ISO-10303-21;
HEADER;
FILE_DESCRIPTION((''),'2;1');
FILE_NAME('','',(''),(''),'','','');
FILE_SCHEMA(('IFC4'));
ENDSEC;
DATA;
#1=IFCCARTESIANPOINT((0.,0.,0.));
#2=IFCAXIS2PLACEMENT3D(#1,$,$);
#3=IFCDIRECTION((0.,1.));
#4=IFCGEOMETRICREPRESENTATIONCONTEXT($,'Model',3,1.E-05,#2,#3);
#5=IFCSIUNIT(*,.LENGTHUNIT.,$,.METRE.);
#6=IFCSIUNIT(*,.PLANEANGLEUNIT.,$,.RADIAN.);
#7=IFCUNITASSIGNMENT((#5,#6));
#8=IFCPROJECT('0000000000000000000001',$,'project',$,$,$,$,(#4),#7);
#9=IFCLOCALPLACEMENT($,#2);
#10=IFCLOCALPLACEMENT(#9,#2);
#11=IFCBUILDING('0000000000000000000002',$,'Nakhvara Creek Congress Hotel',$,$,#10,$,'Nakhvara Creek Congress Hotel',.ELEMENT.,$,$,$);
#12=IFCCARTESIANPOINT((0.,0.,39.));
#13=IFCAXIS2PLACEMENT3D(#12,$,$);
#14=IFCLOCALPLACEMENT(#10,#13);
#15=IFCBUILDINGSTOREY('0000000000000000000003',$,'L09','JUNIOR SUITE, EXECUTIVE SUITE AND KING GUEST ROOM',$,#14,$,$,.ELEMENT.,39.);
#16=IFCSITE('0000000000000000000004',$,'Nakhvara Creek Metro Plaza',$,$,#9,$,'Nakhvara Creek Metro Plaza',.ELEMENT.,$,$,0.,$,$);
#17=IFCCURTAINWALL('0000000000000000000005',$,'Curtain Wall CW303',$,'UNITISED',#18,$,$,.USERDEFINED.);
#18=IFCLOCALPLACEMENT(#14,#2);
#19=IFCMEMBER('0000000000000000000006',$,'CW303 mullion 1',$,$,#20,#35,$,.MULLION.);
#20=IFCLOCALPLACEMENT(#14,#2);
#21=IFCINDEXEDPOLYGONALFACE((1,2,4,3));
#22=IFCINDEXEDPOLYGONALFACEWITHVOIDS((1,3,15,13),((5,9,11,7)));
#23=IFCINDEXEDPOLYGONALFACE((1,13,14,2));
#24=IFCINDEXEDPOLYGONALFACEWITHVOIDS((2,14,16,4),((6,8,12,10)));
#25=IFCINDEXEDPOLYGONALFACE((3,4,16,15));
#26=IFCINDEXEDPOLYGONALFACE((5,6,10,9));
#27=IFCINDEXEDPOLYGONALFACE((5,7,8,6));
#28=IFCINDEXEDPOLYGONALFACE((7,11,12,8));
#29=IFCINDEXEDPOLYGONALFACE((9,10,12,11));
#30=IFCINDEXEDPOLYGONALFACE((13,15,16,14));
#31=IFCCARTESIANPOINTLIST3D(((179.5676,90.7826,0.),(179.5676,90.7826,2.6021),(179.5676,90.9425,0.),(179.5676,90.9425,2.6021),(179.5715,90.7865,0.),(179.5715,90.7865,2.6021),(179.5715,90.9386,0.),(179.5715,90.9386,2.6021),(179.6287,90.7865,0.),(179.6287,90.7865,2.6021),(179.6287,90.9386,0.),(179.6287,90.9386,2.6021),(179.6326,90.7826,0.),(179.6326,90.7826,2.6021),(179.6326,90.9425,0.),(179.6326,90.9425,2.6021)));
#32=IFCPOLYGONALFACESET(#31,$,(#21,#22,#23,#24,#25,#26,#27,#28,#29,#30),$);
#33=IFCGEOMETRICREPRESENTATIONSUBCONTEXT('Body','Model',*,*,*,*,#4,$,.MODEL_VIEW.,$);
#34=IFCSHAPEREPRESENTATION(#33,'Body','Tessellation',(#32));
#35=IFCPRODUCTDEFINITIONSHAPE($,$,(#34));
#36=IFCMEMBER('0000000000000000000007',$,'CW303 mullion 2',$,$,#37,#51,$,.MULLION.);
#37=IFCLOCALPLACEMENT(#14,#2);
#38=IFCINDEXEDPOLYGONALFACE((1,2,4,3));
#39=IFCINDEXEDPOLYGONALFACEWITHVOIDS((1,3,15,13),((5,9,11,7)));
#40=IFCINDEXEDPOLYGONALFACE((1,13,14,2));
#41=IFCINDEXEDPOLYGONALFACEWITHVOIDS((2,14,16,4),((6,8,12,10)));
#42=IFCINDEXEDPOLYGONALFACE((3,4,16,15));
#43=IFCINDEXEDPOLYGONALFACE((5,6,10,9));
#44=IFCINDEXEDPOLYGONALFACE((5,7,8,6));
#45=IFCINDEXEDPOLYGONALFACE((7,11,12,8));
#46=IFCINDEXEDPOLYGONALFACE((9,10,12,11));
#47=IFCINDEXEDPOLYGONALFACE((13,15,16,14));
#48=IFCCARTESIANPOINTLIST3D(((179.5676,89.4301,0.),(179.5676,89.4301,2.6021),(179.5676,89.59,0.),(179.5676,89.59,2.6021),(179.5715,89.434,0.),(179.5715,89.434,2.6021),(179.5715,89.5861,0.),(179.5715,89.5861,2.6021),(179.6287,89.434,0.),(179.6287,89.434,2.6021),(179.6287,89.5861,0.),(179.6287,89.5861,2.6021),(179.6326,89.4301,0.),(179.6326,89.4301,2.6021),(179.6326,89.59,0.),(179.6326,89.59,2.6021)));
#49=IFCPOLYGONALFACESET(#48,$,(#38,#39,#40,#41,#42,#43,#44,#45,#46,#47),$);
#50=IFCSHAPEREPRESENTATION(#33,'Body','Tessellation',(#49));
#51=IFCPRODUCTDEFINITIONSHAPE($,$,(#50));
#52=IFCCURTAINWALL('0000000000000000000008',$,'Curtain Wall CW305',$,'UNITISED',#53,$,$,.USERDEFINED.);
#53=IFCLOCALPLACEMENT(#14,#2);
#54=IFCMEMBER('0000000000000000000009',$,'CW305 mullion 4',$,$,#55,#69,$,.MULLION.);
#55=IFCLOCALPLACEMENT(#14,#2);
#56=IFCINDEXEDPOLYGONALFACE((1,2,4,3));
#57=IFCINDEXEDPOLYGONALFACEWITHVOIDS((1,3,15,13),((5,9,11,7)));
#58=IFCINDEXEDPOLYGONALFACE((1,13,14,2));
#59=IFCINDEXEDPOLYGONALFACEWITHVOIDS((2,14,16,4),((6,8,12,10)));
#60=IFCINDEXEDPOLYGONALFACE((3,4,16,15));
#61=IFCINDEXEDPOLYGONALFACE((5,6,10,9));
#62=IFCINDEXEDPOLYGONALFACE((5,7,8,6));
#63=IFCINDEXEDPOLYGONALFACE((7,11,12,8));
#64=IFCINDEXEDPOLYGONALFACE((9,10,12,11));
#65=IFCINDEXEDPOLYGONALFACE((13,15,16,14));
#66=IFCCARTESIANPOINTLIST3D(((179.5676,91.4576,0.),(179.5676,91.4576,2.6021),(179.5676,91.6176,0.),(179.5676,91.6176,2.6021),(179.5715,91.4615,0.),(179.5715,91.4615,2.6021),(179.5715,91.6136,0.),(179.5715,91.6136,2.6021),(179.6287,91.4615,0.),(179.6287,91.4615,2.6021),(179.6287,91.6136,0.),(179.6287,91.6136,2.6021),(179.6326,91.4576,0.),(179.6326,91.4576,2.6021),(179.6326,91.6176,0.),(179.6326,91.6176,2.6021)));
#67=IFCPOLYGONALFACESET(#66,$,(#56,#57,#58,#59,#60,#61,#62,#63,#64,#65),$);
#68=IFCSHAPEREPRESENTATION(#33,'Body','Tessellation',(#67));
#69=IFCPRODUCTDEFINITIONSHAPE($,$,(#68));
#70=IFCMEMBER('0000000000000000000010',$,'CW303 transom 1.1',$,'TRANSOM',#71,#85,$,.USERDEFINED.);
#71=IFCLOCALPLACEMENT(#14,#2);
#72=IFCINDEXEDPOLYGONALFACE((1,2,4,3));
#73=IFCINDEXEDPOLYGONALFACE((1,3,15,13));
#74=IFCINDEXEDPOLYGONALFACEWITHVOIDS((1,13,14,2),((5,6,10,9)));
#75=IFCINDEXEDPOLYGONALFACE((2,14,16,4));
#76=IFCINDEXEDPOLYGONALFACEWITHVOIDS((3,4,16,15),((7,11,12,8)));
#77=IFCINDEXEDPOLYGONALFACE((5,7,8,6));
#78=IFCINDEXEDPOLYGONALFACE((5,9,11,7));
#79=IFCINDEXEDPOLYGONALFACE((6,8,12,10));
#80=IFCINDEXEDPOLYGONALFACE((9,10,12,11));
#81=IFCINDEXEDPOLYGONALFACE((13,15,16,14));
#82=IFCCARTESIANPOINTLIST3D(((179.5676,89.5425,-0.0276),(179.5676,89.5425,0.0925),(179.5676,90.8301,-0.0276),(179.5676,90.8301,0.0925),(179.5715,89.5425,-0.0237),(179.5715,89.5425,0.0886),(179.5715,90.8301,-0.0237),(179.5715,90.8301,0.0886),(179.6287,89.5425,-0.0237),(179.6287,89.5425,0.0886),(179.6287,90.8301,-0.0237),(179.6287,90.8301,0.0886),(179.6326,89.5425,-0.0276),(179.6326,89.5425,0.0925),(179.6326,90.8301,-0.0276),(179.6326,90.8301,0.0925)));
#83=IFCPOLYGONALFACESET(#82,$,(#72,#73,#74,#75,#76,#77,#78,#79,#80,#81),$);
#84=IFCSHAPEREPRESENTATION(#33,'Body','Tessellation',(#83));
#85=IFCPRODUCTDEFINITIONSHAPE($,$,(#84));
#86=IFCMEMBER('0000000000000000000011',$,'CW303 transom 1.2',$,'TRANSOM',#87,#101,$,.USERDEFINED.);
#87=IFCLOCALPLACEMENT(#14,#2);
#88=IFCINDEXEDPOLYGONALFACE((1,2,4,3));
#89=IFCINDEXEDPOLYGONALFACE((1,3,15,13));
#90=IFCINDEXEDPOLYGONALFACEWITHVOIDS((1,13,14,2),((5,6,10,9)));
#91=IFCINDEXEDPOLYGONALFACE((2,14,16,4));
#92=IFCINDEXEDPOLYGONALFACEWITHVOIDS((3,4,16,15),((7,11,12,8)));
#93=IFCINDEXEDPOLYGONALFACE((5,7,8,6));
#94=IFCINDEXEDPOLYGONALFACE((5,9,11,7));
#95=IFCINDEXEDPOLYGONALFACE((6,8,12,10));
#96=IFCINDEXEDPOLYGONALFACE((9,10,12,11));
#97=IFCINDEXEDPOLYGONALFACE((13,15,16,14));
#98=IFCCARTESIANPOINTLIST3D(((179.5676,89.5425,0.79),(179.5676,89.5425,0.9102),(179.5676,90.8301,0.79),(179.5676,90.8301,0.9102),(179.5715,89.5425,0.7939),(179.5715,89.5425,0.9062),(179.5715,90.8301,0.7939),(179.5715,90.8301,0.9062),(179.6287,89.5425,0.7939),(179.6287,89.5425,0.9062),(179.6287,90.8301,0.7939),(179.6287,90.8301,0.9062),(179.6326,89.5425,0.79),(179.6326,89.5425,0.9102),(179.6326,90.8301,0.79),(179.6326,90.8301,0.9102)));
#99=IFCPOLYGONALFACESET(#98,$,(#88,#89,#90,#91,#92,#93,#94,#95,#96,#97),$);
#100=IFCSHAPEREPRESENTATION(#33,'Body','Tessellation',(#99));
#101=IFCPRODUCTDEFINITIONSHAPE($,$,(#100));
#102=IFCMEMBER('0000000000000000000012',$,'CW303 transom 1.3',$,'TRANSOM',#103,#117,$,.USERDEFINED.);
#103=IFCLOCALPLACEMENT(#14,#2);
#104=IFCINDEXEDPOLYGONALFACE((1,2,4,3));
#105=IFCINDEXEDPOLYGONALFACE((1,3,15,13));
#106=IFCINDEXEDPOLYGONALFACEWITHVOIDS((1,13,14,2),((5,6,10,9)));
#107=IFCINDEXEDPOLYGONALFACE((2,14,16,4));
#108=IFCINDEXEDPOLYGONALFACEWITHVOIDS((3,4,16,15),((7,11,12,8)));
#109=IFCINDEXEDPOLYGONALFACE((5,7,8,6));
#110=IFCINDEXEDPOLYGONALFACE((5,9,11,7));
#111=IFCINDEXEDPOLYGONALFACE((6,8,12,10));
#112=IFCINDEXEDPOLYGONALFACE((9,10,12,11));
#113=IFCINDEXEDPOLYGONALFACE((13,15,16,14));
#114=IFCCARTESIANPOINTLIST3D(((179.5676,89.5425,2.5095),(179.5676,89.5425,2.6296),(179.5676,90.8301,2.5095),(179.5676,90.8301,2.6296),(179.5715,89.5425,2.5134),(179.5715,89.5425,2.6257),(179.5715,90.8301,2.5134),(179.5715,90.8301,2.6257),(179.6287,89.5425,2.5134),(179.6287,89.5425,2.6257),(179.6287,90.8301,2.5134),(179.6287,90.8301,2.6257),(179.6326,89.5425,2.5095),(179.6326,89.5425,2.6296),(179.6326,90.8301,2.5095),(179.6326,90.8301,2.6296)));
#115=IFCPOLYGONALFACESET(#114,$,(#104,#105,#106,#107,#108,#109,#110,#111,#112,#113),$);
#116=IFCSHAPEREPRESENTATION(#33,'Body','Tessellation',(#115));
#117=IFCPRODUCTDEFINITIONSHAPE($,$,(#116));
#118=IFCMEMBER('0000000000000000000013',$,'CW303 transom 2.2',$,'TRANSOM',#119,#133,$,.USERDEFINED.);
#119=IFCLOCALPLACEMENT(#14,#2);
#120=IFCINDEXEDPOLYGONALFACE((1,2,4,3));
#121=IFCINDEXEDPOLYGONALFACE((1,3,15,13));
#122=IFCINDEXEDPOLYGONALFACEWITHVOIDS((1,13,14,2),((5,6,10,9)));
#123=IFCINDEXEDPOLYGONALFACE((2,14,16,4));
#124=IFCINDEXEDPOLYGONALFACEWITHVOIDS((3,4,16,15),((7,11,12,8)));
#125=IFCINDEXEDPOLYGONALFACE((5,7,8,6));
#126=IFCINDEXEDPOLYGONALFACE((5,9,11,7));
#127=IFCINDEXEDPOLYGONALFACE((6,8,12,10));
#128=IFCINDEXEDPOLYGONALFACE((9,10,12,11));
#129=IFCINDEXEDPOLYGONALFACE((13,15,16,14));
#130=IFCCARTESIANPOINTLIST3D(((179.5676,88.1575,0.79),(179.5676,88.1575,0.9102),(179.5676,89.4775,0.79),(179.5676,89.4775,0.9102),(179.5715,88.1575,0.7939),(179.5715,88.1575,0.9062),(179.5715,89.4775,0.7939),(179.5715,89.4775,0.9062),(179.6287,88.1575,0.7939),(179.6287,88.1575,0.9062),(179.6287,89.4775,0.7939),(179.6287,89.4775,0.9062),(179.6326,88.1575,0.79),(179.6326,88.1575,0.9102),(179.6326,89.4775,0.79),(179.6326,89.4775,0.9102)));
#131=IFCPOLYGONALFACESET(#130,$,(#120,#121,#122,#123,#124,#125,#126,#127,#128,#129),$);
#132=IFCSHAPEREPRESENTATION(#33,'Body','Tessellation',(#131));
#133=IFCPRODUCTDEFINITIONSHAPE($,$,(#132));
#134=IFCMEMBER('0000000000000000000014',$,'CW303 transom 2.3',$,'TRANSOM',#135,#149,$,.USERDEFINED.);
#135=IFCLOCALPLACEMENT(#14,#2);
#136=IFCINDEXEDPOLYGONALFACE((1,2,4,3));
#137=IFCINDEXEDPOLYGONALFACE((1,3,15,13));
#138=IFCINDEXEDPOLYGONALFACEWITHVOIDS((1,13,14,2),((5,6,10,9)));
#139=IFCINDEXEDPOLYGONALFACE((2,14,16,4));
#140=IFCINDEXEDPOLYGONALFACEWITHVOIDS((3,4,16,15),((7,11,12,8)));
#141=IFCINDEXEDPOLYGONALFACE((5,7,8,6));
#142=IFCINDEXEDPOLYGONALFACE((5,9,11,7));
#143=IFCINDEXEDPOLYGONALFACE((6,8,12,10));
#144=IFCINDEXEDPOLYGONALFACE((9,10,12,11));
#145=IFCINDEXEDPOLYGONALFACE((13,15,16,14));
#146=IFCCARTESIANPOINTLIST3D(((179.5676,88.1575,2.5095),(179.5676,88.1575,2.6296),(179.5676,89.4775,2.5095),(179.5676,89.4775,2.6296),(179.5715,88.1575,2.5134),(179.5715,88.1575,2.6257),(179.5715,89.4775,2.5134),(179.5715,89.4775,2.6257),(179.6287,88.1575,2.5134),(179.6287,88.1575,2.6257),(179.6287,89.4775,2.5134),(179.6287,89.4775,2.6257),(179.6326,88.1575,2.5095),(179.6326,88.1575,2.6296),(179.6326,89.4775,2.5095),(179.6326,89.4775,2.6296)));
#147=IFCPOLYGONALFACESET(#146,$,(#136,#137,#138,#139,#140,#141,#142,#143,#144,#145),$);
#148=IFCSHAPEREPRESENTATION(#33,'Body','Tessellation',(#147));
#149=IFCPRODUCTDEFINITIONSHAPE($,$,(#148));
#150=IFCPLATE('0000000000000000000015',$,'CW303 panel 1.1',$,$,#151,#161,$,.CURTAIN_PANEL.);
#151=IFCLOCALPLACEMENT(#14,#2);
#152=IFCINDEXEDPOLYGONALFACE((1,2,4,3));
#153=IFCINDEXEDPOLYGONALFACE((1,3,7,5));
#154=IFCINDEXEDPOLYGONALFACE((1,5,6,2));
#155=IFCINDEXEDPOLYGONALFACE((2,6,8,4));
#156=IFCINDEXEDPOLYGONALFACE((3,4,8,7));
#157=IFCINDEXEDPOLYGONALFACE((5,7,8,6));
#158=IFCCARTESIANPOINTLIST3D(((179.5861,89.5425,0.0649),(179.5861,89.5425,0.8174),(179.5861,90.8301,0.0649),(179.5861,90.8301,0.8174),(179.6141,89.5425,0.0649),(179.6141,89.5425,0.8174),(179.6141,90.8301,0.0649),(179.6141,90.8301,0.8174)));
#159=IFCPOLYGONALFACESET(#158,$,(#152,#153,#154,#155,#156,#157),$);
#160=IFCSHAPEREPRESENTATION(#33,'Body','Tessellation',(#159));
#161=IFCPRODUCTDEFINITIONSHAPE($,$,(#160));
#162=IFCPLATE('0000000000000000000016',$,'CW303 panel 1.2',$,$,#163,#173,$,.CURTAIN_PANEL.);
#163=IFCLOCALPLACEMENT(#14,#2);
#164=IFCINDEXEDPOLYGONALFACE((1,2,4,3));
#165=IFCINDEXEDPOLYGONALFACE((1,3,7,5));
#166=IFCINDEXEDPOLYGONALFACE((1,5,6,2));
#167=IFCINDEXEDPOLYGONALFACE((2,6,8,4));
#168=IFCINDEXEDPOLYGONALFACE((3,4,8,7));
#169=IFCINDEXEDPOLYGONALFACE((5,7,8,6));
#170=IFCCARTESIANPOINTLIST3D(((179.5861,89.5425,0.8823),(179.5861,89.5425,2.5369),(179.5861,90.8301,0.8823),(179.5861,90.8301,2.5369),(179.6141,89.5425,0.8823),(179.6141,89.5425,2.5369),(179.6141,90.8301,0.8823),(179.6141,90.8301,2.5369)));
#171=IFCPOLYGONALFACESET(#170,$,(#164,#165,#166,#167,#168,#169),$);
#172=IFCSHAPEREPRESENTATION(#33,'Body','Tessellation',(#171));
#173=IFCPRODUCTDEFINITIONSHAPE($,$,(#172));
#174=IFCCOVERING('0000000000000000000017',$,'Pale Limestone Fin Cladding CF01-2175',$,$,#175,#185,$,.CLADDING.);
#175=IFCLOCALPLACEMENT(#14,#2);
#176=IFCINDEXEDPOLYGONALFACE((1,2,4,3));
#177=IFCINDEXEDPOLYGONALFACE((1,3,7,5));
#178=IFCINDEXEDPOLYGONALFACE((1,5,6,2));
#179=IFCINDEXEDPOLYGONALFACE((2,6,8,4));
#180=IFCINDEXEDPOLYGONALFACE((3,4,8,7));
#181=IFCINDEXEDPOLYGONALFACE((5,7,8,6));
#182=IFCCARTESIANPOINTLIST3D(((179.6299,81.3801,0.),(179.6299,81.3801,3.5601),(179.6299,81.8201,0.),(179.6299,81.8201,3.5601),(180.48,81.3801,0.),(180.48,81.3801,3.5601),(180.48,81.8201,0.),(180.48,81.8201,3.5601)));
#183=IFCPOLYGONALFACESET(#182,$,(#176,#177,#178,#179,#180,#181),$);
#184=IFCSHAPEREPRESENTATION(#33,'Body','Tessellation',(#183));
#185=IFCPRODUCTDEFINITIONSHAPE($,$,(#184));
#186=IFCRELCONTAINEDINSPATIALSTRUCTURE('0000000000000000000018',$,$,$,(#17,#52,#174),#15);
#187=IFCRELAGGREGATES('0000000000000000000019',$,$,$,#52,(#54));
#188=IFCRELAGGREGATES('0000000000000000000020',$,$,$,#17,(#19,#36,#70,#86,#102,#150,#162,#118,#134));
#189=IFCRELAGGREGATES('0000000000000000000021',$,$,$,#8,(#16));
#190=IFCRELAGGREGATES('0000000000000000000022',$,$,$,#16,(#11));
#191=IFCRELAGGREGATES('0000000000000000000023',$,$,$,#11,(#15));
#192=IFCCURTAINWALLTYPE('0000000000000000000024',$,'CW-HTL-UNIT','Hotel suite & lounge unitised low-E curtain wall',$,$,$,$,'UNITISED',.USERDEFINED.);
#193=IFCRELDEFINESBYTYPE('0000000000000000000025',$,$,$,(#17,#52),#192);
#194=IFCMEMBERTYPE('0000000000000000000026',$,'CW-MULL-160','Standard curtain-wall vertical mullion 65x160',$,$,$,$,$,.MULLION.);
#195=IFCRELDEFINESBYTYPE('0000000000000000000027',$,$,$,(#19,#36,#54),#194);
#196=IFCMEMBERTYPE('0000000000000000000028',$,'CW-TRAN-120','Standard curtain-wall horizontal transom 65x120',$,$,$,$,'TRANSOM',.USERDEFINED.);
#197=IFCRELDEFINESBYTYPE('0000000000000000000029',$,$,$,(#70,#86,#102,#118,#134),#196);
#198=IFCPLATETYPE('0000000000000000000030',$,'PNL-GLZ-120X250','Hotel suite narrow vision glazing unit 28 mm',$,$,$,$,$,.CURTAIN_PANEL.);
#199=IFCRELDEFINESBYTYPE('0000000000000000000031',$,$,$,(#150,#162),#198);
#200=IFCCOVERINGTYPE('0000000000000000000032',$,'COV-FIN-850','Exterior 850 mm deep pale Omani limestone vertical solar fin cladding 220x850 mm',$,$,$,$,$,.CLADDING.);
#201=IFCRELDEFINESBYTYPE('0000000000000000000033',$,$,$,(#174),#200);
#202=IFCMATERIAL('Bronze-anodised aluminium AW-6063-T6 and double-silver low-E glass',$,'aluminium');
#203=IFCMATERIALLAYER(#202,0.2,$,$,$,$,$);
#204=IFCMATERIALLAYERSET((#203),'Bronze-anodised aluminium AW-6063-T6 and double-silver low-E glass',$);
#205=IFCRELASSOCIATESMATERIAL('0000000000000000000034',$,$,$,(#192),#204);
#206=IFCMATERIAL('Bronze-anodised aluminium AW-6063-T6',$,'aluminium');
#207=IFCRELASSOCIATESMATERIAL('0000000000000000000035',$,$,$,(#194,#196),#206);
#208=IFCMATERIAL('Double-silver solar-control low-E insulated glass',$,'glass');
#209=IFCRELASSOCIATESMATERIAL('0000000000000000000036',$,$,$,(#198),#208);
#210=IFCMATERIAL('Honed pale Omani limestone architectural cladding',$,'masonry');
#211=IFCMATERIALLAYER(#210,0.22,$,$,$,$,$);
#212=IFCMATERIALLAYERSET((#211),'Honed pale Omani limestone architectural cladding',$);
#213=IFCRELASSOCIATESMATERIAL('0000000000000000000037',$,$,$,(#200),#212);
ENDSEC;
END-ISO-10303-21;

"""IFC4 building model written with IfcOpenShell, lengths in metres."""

from ifc_helpers import new_model, si_unit, direction, frame, origin, origin_2d, place, context, subcontext, project, spatial, rectangle, hollow_rectangle, extrude, material, layer, layer_set, material_profile, profile_set, type_object, element, aggregate, save


model = new_model("IFC4")

# Units and contexts
model_context = context("Model", 3, precision=1e-05, world=origin(), true_north=direction((0.0, 1.0)))
body_context = subcontext(model_context, "Body", "Model", "MODEL_VIEW")
ifc_project = project(units=[si_unit("LENGTHUNIT", "METRE"), si_unit("PLANEANGLEUNIT", "RADIAN")], contexts=[model_context])

# Site, building, storey
site_placement = place(None, origin())
site = spatial("IfcSite", under=ifc_project, at=site_placement, Name="Nakhvara Creek Metro Plaza", LongName="Nakhvara Creek Metro Plaza", CompositionType="ELEMENT", RefElevation=0.0)
building_placement = place(site_placement, origin())
building = spatial("IfcBuilding", under=site, at=building_placement, Name="Nakhvara Creek Congress Hotel", LongName="Nakhvara Creek Congress Hotel", CompositionType="ELEMENT")
storey_placement = place(building_placement, frame((0.0, 0.0, 39.0)))
storey = spatial("IfcBuildingStorey", under=building, at=storey_placement, Name="L09", Description="JUNIOR SUITE, EXECUTIVE SUITE AND KING GUEST ROOM", CompositionType="ELEMENT", Elevation=39.0)

# Curtain wall, members
ifc_material_1 = material(Name="Bronze-anodised aluminium AW-6063-T6 and double-silver low-E glass", Category="aluminium")
ifc_layer_1 = layer(ifc_material_1, 0.2)
ifc_layer_set_1 = layer_set([ifc_layer_1], Name="Bronze-anodised aluminium AW-6063-T6 and double-silver low-E glass")
curtain_wall_type = type_object("IfcCurtainWallType", Name="CW-HTL-UNIT", Description="Hotel suite & lounge unitised low-E curtain wall", ElementType="UNITISED", PredefinedType="USERDEFINED", material=ifc_layer_set_1)
curtain_wall_1_placement = place(storey_placement, origin())
curtain_wall_1 = element("IfcCurtainWall", 1, at=curtain_wall_1_placement, inside=storey, type_object=curtain_wall_type, Name="Curtain Wall CW303", ObjectType="UNITISED", PredefinedType="USERDEFINED")
ifc_material_2 = material(Name="Bronze-anodised aluminium AW-6063-T6", Category="aluminium")
ifc_material_profile_1 = material_profile(ifc_material_2, hollow_rectangle(XDim=0.0649, YDim=0.1599, WallThickness=0.0039, at=origin_2d()), Name="ALU-MULL 65x160x4", Category="LoadBearing")
ifc_profile_set_1 = profile_set([ifc_material_profile_1], Name="Bronze-anodised aluminium AW-6063-T6")
member_type_1 = type_object("IfcMemberType", Name="CW-MULL-160", Description="Standard curtain-wall vertical mullion 65x160", PredefinedType="MULLION", material=ifc_profile_set_1)
member_1_placement = place(storey_placement, frame((179.6001, 90.8625, 0.0), z_axis=(0.0, 0.0, 1.0), x_axis=(1.0, 0.0, 0.0)))
member_1 = element("IfcMember", 2, at=member_1_placement, type_object=member_type_1, Name="CW303 mullion 1", PredefinedType="MULLION", context=body_context, shape_type="SweptSolid", body=[
    extrude(hollow_rectangle(XDim=0.0649, YDim=0.1599, WallThickness=0.0039, at=origin_2d()), origin(), (0.0, 0.0, 1.0), 2.6021),
])
member_2_placement = place(storey_placement, frame((179.6001, 89.51, 0.0), z_axis=(0.0, 0.0, 1.0), x_axis=(1.0, 0.0, 0.0)))
member_2 = element("IfcMember", 3, at=member_2_placement, type_object=member_type_1, Name="CW303 mullion 2", PredefinedType="MULLION", context=body_context, shape_type="SweptSolid", body=[
    extrude(hollow_rectangle(XDim=0.0649, YDim=0.1599, WallThickness=0.0039, at=origin_2d()), origin(), (0.0, 0.0, 1.0), 2.6021),
])

# Curtain wall, member
curtain_wall_2_placement = place(storey_placement, origin())
curtain_wall_2 = element("IfcCurtainWall", 4, at=curtain_wall_2_placement, inside=storey, type_object=curtain_wall_type, Name="Curtain Wall CW305", ObjectType="UNITISED", PredefinedType="USERDEFINED")
member_3_placement = place(storey_placement, frame((179.6001, 91.5376, 0.0), z_axis=(0.0, 0.0, 1.0), x_axis=(1.0, 0.0, 0.0)))
member_3 = element("IfcMember", 5, at=member_3_placement, type_object=member_type_1, Name="CW305 mullion 4", PredefinedType="MULLION", context=body_context, shape_type="SweptSolid", body=[
    extrude(hollow_rectangle(XDim=0.0649, YDim=0.1599, WallThickness=0.0039, at=origin_2d()), origin(), (0.0, 0.0, 1.0), 2.6021),
])
aggregate(curtain_wall_2, [member_3])

# Members
ifc_material_profile_2 = material_profile(ifc_material_2, hollow_rectangle(XDim=0.0649, YDim=0.1201, WallThickness=0.0039, at=origin_2d()), Name="ALU-TRAN 65x120x4", Category="LoadBearing")
ifc_profile_set_2 = profile_set([ifc_material_profile_2], Name="Bronze-anodised aluminium AW-6063-T6")
member_type_2 = type_object("IfcMemberType", Name="CW-TRAN-120", Description="Standard curtain-wall horizontal transom 65x120", ElementType="TRANSOM", PredefinedType="USERDEFINED", material=ifc_profile_set_2)
member_4_placement = place(storey_placement, frame((179.6001, 90.8301, 0.0325), z_axis=(0.0, -1.0, 0.0), x_axis=(1.0, 0.0, 0.0)))
member_4 = element("IfcMember", 6, at=member_4_placement, type_object=member_type_2, Name="CW303 transom 1.1", ObjectType="TRANSOM", PredefinedType="USERDEFINED", context=body_context, shape_type="SweptSolid", body=[
    extrude(hollow_rectangle(XDim=0.0649, YDim=0.1201, WallThickness=0.0039, at=origin_2d()), origin(), (0.0, 0.0, 1.0), 1.2876),
])
member_5_placement = place(storey_placement, frame((179.6001, 90.8301, 0.8501), z_axis=(0.0, -1.0, 0.0), x_axis=(1.0, 0.0, 0.0)))
member_5 = element("IfcMember", 7, at=member_5_placement, type_object=member_type_2, Name="CW303 transom 1.2", ObjectType="TRANSOM", PredefinedType="USERDEFINED", context=body_context, shape_type="SweptSolid", body=[
    extrude(hollow_rectangle(XDim=0.0649, YDim=0.1201, WallThickness=0.0039, at=origin_2d()), origin(), (0.0, 0.0, 1.0), 1.2876),
])
member_6_placement = place(storey_placement, frame((179.6001, 90.8301, 2.5696), z_axis=(0.0, -1.0, 0.0), x_axis=(1.0, 0.0, 0.0)))
member_6 = element("IfcMember", 8, at=member_6_placement, type_object=member_type_2, Name="CW303 transom 1.3", ObjectType="TRANSOM", PredefinedType="USERDEFINED", context=body_context, shape_type="SweptSolid", body=[
    extrude(hollow_rectangle(XDim=0.0649, YDim=0.1201, WallThickness=0.0039, at=origin_2d()), origin(), (0.0, 0.0, 1.0), 1.2876),
])
member_7_placement = place(storey_placement, frame((179.6001, 89.4775, 0.8501), z_axis=(0.0, -1.0, 0.0), x_axis=(1.0, 0.0, 0.0)))
member_7 = element("IfcMember", 9, at=member_7_placement, type_object=member_type_2, Name="CW303 transom 2.2", ObjectType="TRANSOM", PredefinedType="USERDEFINED", context=body_context, shape_type="SweptSolid", body=[
    extrude(hollow_rectangle(XDim=0.0649, YDim=0.1201, WallThickness=0.0039, at=origin_2d()), origin(), (0.0, 0.0, 1.0), 1.3201),
])
member_8_placement = place(storey_placement, frame((179.6001, 89.4775, 2.5696), z_axis=(0.0, -1.0, 0.0), x_axis=(1.0, 0.0, 0.0)))
member_8 = element("IfcMember", 10, at=member_8_placement, type_object=member_type_2, Name="CW303 transom 2.3", ObjectType="TRANSOM", PredefinedType="USERDEFINED", context=body_context, shape_type="SweptSolid", body=[
    extrude(hollow_rectangle(XDim=0.0649, YDim=0.1201, WallThickness=0.0039, at=origin_2d()), origin(), (0.0, 0.0, 1.0), 1.3201),
])

# Plates
ifc_material_3 = material(Name="Double-silver solar-control low-E insulated glass", Category="glass")
plate_type = type_object("IfcPlateType", Name="PNL-GLZ-120X250", Description="Hotel suite narrow vision glazing unit 28 mm", PredefinedType="CURTAIN_PANEL", material=ifc_material_3)
plate_1_placement = place(storey_placement, frame((179.6001, 90.1863, 0.0649), z_axis=(0.0, 0.0, 1.0), x_axis=(0.0, -1.0, 0.0)))
plate_1 = element("IfcPlate", 11, at=plate_1_placement, type_object=plate_type, Name="CW303 panel 1.1", PredefinedType="CURTAIN_PANEL", context=body_context, shape_type="SweptSolid", body=[
    extrude(rectangle(XDim=1.2876, YDim=0.0281, at=origin_2d()), origin(), (0.0, 0.0, 1.0), 0.7524),
])
plate_2_placement = place(storey_placement, frame((179.6001, 90.1863, 0.8823), z_axis=(0.0, 0.0, 1.0), x_axis=(0.0, -1.0, 0.0)))
plate_2 = element("IfcPlate", 12, at=plate_2_placement, type_object=plate_type, Name="CW303 panel 1.2", PredefinedType="CURTAIN_PANEL", context=body_context, shape_type="SweptSolid", body=[
    extrude(rectangle(XDim=1.2876, YDim=0.0281, at=origin_2d()), origin(), (0.0, 0.0, 1.0), 1.6545),
])
aggregate(curtain_wall_1, [member_1, member_2, member_4, member_5, member_6, plate_1, plate_2, member_7, member_8])

# Covering
ifc_material_4 = material(Name="Honed pale Omani limestone architectural cladding", Category="masonry")
ifc_layer_2 = layer(ifc_material_4, 0.22)
ifc_layer_set_2 = layer_set([ifc_layer_2], Name="Honed pale Omani limestone architectural cladding")
covering_type_1 = type_object("IfcCoveringType", Name="COV-FIN-850", Description="Exterior 850 mm deep pale Omani limestone vertical solar fin cladding 220x850 mm", PredefinedType="CLADDING", material=ifc_layer_set_2)
covering_1_placement = place(storey_placement, frame((180.0549, 81.6001, 0.0), z_axis=(0.0, 0.0, 1.0), x_axis=(0.0, 1.0, 0.0)))
element("IfcCovering", 13, at=covering_1_placement, inside=storey, type_object=covering_type_1, Name="Pale Limestone Fin Cladding CF01-2175", PredefinedType="CLADDING", context=body_context, shape_type="SweptSolid", body=[
    extrude(rectangle(XDim=0.4399, YDim=0.8501, at=origin_2d()), origin(), (0.0, 0.0, 1.0), 3.5601),
])

save(model, "model.ifc")
